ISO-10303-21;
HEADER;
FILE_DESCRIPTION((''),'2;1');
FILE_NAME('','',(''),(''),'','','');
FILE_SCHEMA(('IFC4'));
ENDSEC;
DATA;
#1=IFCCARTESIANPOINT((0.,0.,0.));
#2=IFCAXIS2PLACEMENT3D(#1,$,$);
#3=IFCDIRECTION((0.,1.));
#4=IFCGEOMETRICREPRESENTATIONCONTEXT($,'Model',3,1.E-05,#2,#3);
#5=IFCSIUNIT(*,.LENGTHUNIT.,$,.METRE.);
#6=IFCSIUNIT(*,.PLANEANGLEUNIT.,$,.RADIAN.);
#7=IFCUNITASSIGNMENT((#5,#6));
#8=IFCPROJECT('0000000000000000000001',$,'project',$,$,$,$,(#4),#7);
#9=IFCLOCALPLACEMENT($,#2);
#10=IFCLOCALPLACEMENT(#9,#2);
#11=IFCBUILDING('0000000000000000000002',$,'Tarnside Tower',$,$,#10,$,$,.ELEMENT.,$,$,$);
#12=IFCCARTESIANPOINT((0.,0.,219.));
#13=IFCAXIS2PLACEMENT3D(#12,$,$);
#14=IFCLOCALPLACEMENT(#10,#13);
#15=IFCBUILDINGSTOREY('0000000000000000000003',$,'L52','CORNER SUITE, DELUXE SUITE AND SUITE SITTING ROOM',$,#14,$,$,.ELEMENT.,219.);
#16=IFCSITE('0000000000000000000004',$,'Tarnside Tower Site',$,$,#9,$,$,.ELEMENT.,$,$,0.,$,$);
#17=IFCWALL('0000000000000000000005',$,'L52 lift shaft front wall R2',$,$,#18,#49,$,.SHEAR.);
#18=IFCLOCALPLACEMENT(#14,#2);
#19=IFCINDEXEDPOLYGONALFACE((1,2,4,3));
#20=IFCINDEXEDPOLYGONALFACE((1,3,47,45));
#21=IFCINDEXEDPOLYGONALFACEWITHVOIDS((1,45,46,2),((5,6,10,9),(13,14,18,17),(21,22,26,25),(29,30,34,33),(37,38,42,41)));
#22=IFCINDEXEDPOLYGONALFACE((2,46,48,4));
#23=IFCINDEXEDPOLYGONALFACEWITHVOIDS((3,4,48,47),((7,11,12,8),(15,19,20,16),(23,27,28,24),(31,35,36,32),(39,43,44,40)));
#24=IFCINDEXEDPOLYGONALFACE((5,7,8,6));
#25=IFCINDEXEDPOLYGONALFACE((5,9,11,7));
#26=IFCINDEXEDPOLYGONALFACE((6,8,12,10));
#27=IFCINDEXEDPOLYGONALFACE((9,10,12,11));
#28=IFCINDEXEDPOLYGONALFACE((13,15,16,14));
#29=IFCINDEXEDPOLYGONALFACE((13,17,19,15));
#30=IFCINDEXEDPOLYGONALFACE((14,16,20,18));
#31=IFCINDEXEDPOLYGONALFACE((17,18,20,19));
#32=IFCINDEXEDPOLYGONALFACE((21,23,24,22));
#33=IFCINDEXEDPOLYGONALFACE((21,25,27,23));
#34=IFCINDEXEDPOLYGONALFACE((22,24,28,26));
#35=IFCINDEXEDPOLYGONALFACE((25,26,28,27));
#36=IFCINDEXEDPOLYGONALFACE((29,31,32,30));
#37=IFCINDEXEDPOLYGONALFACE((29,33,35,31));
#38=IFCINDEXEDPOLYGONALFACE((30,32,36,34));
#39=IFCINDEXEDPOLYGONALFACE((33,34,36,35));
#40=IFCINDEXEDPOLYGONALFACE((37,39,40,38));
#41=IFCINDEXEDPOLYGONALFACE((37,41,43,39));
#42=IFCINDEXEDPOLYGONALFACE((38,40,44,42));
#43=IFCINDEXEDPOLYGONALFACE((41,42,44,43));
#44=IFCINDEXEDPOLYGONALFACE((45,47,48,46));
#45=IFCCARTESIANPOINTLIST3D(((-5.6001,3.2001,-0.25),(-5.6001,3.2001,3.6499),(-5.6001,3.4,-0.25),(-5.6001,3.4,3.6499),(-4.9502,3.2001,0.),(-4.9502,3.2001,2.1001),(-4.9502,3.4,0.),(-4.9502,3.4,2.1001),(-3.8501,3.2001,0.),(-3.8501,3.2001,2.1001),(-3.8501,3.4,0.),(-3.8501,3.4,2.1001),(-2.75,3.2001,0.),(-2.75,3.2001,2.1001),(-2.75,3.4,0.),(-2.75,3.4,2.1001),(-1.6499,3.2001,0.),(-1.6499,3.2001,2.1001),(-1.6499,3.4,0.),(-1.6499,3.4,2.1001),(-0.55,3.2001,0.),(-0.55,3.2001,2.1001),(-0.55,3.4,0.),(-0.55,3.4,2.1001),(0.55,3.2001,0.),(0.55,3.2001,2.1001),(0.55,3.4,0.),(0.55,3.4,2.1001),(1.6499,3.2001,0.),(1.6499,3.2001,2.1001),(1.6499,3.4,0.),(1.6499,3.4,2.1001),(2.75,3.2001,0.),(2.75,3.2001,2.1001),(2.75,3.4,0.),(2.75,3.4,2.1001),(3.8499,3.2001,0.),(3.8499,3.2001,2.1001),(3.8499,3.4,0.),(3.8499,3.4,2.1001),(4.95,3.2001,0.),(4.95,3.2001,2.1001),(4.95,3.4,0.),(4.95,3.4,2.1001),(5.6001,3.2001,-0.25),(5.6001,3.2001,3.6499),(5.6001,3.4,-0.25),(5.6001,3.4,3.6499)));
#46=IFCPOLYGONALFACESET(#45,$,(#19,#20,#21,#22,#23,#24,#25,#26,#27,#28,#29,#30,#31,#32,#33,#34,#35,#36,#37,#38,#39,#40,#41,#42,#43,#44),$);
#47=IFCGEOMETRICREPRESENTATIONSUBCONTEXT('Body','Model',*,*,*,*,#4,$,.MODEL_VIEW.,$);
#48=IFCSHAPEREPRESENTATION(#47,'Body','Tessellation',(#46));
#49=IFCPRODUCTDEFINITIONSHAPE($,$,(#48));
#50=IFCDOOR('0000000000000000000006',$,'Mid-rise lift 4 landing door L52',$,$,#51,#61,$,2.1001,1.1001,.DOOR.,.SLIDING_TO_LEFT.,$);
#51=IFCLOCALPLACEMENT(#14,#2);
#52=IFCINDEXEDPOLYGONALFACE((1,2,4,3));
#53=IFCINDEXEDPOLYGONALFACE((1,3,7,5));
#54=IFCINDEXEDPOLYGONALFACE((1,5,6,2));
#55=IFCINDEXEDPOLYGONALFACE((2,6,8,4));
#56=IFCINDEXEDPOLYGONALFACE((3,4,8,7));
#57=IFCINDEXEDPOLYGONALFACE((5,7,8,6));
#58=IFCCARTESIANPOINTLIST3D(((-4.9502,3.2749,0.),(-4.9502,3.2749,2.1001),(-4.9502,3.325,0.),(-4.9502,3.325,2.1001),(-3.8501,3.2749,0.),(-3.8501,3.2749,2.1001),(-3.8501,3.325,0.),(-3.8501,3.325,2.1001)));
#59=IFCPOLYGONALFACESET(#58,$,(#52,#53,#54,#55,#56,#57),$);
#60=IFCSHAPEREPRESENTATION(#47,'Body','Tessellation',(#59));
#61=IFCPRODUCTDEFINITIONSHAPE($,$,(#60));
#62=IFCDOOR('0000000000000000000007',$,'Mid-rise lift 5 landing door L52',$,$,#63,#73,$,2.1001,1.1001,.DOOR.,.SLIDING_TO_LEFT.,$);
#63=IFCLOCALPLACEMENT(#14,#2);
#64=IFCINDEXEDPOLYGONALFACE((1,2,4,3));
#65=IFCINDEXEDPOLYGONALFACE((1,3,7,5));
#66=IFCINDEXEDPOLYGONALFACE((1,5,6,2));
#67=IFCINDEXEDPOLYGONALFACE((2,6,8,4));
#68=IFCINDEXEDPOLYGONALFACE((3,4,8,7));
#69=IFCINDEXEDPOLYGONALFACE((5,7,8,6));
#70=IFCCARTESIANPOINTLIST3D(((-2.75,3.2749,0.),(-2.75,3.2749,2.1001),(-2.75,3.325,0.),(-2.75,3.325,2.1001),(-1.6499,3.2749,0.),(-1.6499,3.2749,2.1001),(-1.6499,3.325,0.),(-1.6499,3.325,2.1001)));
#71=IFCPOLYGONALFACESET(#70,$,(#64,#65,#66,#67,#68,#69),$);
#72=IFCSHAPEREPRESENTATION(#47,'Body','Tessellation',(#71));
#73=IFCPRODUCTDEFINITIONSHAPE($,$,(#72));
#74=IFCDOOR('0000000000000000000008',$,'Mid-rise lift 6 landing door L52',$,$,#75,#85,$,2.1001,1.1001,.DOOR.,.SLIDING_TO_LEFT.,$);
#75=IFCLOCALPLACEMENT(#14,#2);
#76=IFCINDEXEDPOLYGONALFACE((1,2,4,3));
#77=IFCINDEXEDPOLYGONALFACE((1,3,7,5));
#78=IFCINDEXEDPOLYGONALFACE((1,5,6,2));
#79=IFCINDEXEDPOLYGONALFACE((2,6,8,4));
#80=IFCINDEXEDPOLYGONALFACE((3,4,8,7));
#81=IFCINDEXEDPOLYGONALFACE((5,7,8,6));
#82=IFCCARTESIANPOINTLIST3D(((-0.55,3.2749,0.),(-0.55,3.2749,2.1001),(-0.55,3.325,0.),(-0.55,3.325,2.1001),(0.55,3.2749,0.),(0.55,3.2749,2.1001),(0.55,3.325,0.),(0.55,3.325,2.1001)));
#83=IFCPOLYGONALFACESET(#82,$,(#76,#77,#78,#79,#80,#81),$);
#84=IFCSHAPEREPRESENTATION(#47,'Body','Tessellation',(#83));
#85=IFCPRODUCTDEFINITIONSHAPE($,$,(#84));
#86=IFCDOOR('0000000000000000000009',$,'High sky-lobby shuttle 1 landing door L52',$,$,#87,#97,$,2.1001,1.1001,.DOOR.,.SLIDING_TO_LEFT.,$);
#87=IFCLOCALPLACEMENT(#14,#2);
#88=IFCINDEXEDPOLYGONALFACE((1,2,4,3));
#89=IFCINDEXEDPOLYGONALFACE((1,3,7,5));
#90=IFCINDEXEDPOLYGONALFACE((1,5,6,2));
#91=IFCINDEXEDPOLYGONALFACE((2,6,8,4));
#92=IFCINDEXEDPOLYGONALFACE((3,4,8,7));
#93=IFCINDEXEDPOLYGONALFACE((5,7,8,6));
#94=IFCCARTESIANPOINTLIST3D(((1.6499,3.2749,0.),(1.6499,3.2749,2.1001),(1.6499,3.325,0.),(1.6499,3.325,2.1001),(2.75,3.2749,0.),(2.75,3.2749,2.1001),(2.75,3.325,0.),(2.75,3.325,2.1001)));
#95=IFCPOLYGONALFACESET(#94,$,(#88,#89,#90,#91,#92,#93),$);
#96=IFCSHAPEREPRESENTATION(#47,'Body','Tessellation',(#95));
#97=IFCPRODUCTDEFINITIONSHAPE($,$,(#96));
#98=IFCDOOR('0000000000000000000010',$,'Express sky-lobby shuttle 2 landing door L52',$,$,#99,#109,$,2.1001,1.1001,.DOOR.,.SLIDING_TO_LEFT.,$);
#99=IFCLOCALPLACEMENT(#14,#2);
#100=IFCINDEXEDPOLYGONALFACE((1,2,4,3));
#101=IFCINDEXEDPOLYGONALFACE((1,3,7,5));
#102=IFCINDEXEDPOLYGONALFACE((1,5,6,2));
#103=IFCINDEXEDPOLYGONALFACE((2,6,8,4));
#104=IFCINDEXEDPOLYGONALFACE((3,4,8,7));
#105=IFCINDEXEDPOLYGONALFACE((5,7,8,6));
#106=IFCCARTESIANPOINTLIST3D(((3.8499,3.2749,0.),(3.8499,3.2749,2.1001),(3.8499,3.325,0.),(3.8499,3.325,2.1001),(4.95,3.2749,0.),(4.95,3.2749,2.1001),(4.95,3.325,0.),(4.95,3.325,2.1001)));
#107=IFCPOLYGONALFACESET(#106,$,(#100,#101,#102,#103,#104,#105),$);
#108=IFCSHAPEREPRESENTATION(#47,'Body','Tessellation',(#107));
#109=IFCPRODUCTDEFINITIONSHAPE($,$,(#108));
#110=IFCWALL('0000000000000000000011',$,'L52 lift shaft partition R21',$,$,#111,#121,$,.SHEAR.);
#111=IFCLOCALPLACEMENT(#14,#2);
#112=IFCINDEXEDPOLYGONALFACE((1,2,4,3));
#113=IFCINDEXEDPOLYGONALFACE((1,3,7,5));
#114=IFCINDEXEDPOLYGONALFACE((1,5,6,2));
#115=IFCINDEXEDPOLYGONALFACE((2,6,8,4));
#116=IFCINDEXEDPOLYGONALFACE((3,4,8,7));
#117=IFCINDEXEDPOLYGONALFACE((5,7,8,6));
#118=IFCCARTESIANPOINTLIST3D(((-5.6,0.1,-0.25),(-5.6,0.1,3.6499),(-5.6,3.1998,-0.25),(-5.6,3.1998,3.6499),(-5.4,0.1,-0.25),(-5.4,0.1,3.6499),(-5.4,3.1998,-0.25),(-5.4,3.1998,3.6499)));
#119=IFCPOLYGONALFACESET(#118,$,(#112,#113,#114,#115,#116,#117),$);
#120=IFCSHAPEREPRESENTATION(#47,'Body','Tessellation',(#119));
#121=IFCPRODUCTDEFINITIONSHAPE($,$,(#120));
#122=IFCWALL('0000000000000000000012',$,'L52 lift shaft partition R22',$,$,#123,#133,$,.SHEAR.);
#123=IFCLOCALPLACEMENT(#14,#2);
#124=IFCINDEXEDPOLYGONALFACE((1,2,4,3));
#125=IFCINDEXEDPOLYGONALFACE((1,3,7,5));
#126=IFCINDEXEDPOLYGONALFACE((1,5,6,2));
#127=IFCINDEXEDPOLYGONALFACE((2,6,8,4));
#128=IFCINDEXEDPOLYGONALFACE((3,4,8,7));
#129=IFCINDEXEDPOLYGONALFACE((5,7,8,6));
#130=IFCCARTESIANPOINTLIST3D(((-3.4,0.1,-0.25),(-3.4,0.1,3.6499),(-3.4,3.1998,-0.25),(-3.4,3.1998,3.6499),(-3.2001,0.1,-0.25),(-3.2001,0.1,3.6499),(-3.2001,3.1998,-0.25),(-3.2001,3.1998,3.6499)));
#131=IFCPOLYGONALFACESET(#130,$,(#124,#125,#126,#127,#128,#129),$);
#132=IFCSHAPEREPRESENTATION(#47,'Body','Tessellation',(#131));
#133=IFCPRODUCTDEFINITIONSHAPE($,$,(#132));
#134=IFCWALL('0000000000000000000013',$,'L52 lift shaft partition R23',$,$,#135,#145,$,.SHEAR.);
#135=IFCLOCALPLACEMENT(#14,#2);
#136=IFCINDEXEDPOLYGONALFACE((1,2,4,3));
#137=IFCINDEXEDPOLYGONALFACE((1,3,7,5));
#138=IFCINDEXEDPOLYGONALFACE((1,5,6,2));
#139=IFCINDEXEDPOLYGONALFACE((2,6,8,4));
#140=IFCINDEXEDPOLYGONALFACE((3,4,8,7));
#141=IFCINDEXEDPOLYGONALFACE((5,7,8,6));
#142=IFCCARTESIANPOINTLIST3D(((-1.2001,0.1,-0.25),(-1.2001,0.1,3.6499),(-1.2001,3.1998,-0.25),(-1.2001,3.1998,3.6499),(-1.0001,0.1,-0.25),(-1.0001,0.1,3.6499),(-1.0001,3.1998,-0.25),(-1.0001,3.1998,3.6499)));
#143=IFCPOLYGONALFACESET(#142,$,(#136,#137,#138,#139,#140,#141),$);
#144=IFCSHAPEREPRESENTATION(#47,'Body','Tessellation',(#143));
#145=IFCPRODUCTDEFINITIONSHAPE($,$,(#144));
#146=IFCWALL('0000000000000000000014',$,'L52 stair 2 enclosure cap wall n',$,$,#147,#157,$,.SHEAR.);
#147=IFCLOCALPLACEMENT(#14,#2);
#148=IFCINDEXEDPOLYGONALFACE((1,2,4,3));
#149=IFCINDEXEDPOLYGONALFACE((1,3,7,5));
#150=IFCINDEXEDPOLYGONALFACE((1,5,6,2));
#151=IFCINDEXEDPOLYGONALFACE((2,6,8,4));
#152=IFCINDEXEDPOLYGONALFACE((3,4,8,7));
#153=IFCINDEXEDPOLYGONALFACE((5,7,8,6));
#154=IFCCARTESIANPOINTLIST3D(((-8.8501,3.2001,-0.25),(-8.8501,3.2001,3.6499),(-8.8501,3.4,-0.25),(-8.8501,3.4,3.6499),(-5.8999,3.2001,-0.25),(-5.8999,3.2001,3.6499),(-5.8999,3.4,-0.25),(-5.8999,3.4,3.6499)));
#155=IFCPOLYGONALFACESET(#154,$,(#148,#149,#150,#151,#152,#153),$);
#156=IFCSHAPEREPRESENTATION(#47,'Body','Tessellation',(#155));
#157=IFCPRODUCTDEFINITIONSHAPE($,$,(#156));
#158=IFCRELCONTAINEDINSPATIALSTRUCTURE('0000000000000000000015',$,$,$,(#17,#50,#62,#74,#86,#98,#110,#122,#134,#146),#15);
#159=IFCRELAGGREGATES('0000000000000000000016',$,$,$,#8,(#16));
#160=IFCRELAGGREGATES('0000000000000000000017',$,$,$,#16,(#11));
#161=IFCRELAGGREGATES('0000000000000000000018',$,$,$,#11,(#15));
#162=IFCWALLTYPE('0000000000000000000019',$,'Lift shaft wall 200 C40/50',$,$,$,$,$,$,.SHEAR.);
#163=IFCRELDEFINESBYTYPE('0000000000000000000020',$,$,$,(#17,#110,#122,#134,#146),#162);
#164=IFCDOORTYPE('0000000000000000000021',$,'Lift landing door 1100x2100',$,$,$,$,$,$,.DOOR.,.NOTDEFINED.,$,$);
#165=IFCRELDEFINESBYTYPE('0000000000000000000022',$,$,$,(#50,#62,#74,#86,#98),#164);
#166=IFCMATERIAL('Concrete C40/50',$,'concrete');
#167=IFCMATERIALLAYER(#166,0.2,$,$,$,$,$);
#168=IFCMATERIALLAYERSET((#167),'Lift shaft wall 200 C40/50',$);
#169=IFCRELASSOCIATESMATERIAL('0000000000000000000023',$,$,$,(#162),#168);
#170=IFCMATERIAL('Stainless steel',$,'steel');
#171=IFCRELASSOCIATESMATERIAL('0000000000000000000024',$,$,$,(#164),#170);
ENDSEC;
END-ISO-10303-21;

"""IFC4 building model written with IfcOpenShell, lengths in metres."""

from ifc_helpers import new_model, si_unit, direction, frame, frame_2d, origin, place, context, subcontext, project, spatial, rectangle, extrude, material, layer, layer_set, type_object, element, fill, save


model = new_model("IFC4")

# Units and contexts
model_context = context("Model", 3, precision=1e-05, world=origin(), true_north=direction((0.0, 1.0)))
body_context = subcontext(model_context, "Body", "Model", "MODEL_VIEW")
ifc_project = project(units=[si_unit("LENGTHUNIT", "METRE"), si_unit("PLANEANGLEUNIT", "RADIAN")], contexts=[model_context])

# Site, building, storey
site_placement = place(None, origin())
site = spatial("IfcSite", under=ifc_project, at=site_placement, Name="Tarnside Tower Site", CompositionType="ELEMENT", RefElevation=0.0)
building_placement = place(site_placement, origin())
building = spatial("IfcBuilding", under=site, at=building_placement, Name="Tarnside Tower", CompositionType="ELEMENT")
storey_placement = place(building_placement, frame((0.0, 0.0, 219.0)))
storey = spatial("IfcBuildingStorey", under=building, at=storey_placement, Name="L52", Description="CORNER SUITE, DELUXE SUITE AND SUITE SITTING ROOM", CompositionType="ELEMENT", Elevation=219.0)

# Shared definitions
ifc_material_1 = material(Name="Concrete C40/50", Category="concrete")

# Wall, openings, doors
ifc_layer_1 = layer(ifc_material_1, 0.2)
ifc_layer_set_1 = layer_set([ifc_layer_1], Name="Lift shaft wall 200 C40/50")
wall_type = type_object("IfcWallType", Name="Lift shaft wall 200 C40/50", PredefinedType="SHEAR", material=ifc_layer_set_1)
wall_1_placement = place(storey_placement, frame((-5.6001, 3.3, -0.25), z_axis=(0.0, 0.0, 1.0), x_axis=(1.0, 0.0, 0.0)))
wall_1 = element("IfcWall", 1, at=wall_1_placement, inside=storey, type_object=wall_type, Name="L52 lift shaft front wall R2", PredefinedType="SHEAR", context=body_context, shape_type="SweptSolid", body=[
    extrude(rectangle(XDim=11.2002, YDim=0.2, at=frame_2d((5.6001, 0.0))), origin(), (0.0, 0.0, 1.0), 3.8999),
])
opening_1_placement = place(wall_1_placement, frame((0.6499, 0.0, 0.25)))
opening_1 = element("IfcOpeningElement", 2, at=opening_1_placement, cuts=wall_1, PredefinedType="OPENING", context=body_context, shape_type="SweptSolid", body=[
    extrude(rectangle(XDim=1.1001, YDim=2.1001, at=frame_2d((0.55, 1.05))), frame((0.0, 0.1099, 0.0), z_axis=(0.0, -1.0, 0.0), x_axis=(1.0, 0.0, 0.0)), (0.0, 0.0, 1.0), 0.22),
])
opening_2_placement = place(wall_1_placement, frame((2.8501, 0.0, 0.25)))
opening_2 = element("IfcOpeningElement", 3, at=opening_2_placement, cuts=wall_1, PredefinedType="OPENING", context=body_context, shape_type="SweptSolid", body=[
    extrude(rectangle(XDim=1.1001, YDim=2.1001, at=frame_2d((0.55, 1.05))), frame((0.0, 0.1099, 0.0), z_axis=(0.0, -1.0, 0.0), x_axis=(1.0, 0.0, 0.0)), (0.0, 0.0, 1.0), 0.22),
])
opening_3_placement = place(wall_1_placement, frame((5.05, 0.0, 0.25)))
opening_3 = element("IfcOpeningElement", 4, at=opening_3_placement, cuts=wall_1, PredefinedType="OPENING", context=body_context, shape_type="SweptSolid", body=[
    extrude(rectangle(XDim=1.1001, YDim=2.1001, at=frame_2d((0.55, 1.05))), frame((0.0, 0.1099, 0.0), z_axis=(0.0, -1.0, 0.0), x_axis=(1.0, 0.0, 0.0)), (0.0, 0.0, 1.0), 0.22),
])
opening_4_placement = place(wall_1_placement, frame((7.25, 0.0, 0.25)))
opening_4 = element("IfcOpeningElement", 5, at=opening_4_placement, cuts=wall_1, PredefinedType="OPENING", context=body_context, shape_type="SweptSolid", body=[
    extrude(rectangle(XDim=1.1001, YDim=2.1001, at=frame_2d((0.55, 1.05))), frame((0.0, 0.1099, 0.0), z_axis=(0.0, -1.0, 0.0), x_axis=(1.0, 0.0, 0.0)), (0.0, 0.0, 1.0), 0.22),
])
opening_5_placement = place(wall_1_placement, frame((9.45, 0.0, 0.25)))
opening_5 = element("IfcOpeningElement", 6, at=opening_5_placement, cuts=wall_1, PredefinedType="OPENING", context=body_context, shape_type="SweptSolid", body=[
    extrude(rectangle(XDim=1.1001, YDim=2.1001, at=frame_2d((0.55, 1.05))), frame((0.0, 0.1099, 0.0), z_axis=(0.0, -1.0, 0.0), x_axis=(1.0, 0.0, 0.0)), (0.0, 0.0, 1.0), 0.22),
])
ifc_material_2 = material(Name="Stainless steel", Category="steel")
door_type = type_object("IfcDoorType", Name="Lift landing door 1100x2100", OperationType="NOTDEFINED", PredefinedType="DOOR", material=ifc_material_2)
door_1_placement = place(opening_1_placement, origin())
door_1 = element("IfcDoor", 7, at=door_1_placement, inside=storey, type_object=door_type, Name="Mid-rise lift 4 landing door L52", OperationType="SLIDING_TO_LEFT", OverallHeight=2.1001, OverallWidth=1.1001, PredefinedType="DOOR", context=body_context, shape_type="SweptSolid", body=[
    extrude(rectangle(XDim=1.1001, YDim=2.1001, at=frame_2d((0.55, 1.05))), frame((0.0, 0.0249, 0.0), z_axis=(0.0, -1.0, 0.0), x_axis=(1.0, 0.0, 0.0)), (0.0, 0.0, 1.0), 0.05),
])
fill(opening_1, door_1)
door_2_placement = place(opening_2_placement, origin())
door_2 = element("IfcDoor", 8, at=door_2_placement, inside=storey, type_object=door_type, Name="Mid-rise lift 5 landing door L52", OperationType="SLIDING_TO_LEFT", OverallHeight=2.1001, OverallWidth=1.1001, PredefinedType="DOOR", context=body_context, shape_type="SweptSolid", body=[
    extrude(rectangle(XDim=1.1001, YDim=2.1001, at=frame_2d((0.55, 1.05))), frame((0.0, 0.0249, 0.0), z_axis=(0.0, -1.0, 0.0), x_axis=(1.0, 0.0, 0.0)), (0.0, 0.0, 1.0), 0.05),
])
fill(opening_2, door_2)
door_3_placement = place(opening_3_placement, origin())
door_3 = element("IfcDoor", 9, at=door_3_placement, inside=storey, type_object=door_type, Name="Mid-rise lift 6 landing door L52", OperationType="SLIDING_TO_LEFT", OverallHeight=2.1001, OverallWidth=1.1001, PredefinedType="DOOR", context=body_context, shape_type="SweptSolid", body=[
    extrude(rectangle(XDim=1.1001, YDim=2.1001, at=frame_2d((0.55, 1.05))), frame((0.0, 0.0249, 0.0), z_axis=(0.0, -1.0, 0.0), x_axis=(1.0, 0.0, 0.0)), (0.0, 0.0, 1.0), 0.05),
])
fill(opening_3, door_3)
door_4_placement = place(opening_4_placement, origin())
door_4 = element("IfcDoor", 10, at=door_4_placement, inside=storey, type_object=door_type, Name="High sky-lobby shuttle 1 landing door L52", OperationType="SLIDING_TO_LEFT", OverallHeight=2.1001, OverallWidth=1.1001, PredefinedType="DOOR", context=body_context, shape_type="SweptSolid", body=[
    extrude(rectangle(XDim=1.1001, YDim=2.1001, at=frame_2d((0.55, 1.05))), frame((0.0, 0.0249, 0.0), z_axis=(0.0, -1.0, 0.0), x_axis=(1.0, 0.0, 0.0)), (0.0, 0.0, 1.0), 0.05),
])
fill(opening_4, door_4)
door_5_placement = place(opening_5_placement, origin())
door_5 = element("IfcDoor", 11, at=door_5_placement, inside=storey, type_object=door_type, Name="Express sky-lobby shuttle 2 landing door L52", OperationType="SLIDING_TO_LEFT", OverallHeight=2.1001, OverallWidth=1.1001, PredefinedType="DOOR", context=body_context, shape_type="SweptSolid", body=[
    extrude(rectangle(XDim=1.1001, YDim=2.1001, at=frame_2d((0.55, 1.05))), frame((0.0, 0.0249, 0.0), z_axis=(0.0, -1.0, 0.0), x_axis=(1.0, 0.0, 0.0)), (0.0, 0.0, 1.0), 0.05),
])
fill(opening_5, door_5)

# Walls
for number, where, z_axis, x_axis, name in (
    (12, (-5.5, 0.1001, -0.25), (0.0, 0.0, 1.0), (0.0, 1.0, 0.0), "L52 lift shaft partition R21"),
    (13, (-3.3, 0.1001, -0.25), (0.0, 0.0, 1.0), (0.0, 1.0, 0.0), "L52 lift shaft partition R22"),
    (14, (-1.1001, 0.1001, -0.25), (0.0, 0.0, 1.0), (0.0, 1.0, 0.0), "L52 lift shaft partition R23"),
):
    element("IfcWall", number, at=place(storey_placement, frame(where, z_axis=z_axis, x_axis=x_axis)), inside=storey, type_object=wall_type, Name=name, PredefinedType="SHEAR", context=body_context, shape_type="SweptSolid", body=[
        extrude(rectangle(XDim=3.0999, YDim=0.2, at=frame_2d((1.5498, 0.0))), origin(), (0.0, 0.0, 1.0), 3.8999),
    ])
wall_2_placement = place(storey_placement, frame((-8.8501, 3.3, -0.25), z_axis=(0.0, 0.0, 1.0), x_axis=(1.0, 0.0, 0.0)))
element("IfcWall", 15, at=wall_2_placement, inside=storey, type_object=wall_type, Name="L52 stair 2 enclosure cap wall n", PredefinedType="SHEAR", context=body_context, shape_type="SweptSolid", body=[
    extrude(rectangle(XDim=2.9502, YDim=0.2, at=frame_2d((1.4751, 0.0))), origin(), (0.0, 0.0, 1.0), 3.8999),
])

save(model, "model.ifc")
